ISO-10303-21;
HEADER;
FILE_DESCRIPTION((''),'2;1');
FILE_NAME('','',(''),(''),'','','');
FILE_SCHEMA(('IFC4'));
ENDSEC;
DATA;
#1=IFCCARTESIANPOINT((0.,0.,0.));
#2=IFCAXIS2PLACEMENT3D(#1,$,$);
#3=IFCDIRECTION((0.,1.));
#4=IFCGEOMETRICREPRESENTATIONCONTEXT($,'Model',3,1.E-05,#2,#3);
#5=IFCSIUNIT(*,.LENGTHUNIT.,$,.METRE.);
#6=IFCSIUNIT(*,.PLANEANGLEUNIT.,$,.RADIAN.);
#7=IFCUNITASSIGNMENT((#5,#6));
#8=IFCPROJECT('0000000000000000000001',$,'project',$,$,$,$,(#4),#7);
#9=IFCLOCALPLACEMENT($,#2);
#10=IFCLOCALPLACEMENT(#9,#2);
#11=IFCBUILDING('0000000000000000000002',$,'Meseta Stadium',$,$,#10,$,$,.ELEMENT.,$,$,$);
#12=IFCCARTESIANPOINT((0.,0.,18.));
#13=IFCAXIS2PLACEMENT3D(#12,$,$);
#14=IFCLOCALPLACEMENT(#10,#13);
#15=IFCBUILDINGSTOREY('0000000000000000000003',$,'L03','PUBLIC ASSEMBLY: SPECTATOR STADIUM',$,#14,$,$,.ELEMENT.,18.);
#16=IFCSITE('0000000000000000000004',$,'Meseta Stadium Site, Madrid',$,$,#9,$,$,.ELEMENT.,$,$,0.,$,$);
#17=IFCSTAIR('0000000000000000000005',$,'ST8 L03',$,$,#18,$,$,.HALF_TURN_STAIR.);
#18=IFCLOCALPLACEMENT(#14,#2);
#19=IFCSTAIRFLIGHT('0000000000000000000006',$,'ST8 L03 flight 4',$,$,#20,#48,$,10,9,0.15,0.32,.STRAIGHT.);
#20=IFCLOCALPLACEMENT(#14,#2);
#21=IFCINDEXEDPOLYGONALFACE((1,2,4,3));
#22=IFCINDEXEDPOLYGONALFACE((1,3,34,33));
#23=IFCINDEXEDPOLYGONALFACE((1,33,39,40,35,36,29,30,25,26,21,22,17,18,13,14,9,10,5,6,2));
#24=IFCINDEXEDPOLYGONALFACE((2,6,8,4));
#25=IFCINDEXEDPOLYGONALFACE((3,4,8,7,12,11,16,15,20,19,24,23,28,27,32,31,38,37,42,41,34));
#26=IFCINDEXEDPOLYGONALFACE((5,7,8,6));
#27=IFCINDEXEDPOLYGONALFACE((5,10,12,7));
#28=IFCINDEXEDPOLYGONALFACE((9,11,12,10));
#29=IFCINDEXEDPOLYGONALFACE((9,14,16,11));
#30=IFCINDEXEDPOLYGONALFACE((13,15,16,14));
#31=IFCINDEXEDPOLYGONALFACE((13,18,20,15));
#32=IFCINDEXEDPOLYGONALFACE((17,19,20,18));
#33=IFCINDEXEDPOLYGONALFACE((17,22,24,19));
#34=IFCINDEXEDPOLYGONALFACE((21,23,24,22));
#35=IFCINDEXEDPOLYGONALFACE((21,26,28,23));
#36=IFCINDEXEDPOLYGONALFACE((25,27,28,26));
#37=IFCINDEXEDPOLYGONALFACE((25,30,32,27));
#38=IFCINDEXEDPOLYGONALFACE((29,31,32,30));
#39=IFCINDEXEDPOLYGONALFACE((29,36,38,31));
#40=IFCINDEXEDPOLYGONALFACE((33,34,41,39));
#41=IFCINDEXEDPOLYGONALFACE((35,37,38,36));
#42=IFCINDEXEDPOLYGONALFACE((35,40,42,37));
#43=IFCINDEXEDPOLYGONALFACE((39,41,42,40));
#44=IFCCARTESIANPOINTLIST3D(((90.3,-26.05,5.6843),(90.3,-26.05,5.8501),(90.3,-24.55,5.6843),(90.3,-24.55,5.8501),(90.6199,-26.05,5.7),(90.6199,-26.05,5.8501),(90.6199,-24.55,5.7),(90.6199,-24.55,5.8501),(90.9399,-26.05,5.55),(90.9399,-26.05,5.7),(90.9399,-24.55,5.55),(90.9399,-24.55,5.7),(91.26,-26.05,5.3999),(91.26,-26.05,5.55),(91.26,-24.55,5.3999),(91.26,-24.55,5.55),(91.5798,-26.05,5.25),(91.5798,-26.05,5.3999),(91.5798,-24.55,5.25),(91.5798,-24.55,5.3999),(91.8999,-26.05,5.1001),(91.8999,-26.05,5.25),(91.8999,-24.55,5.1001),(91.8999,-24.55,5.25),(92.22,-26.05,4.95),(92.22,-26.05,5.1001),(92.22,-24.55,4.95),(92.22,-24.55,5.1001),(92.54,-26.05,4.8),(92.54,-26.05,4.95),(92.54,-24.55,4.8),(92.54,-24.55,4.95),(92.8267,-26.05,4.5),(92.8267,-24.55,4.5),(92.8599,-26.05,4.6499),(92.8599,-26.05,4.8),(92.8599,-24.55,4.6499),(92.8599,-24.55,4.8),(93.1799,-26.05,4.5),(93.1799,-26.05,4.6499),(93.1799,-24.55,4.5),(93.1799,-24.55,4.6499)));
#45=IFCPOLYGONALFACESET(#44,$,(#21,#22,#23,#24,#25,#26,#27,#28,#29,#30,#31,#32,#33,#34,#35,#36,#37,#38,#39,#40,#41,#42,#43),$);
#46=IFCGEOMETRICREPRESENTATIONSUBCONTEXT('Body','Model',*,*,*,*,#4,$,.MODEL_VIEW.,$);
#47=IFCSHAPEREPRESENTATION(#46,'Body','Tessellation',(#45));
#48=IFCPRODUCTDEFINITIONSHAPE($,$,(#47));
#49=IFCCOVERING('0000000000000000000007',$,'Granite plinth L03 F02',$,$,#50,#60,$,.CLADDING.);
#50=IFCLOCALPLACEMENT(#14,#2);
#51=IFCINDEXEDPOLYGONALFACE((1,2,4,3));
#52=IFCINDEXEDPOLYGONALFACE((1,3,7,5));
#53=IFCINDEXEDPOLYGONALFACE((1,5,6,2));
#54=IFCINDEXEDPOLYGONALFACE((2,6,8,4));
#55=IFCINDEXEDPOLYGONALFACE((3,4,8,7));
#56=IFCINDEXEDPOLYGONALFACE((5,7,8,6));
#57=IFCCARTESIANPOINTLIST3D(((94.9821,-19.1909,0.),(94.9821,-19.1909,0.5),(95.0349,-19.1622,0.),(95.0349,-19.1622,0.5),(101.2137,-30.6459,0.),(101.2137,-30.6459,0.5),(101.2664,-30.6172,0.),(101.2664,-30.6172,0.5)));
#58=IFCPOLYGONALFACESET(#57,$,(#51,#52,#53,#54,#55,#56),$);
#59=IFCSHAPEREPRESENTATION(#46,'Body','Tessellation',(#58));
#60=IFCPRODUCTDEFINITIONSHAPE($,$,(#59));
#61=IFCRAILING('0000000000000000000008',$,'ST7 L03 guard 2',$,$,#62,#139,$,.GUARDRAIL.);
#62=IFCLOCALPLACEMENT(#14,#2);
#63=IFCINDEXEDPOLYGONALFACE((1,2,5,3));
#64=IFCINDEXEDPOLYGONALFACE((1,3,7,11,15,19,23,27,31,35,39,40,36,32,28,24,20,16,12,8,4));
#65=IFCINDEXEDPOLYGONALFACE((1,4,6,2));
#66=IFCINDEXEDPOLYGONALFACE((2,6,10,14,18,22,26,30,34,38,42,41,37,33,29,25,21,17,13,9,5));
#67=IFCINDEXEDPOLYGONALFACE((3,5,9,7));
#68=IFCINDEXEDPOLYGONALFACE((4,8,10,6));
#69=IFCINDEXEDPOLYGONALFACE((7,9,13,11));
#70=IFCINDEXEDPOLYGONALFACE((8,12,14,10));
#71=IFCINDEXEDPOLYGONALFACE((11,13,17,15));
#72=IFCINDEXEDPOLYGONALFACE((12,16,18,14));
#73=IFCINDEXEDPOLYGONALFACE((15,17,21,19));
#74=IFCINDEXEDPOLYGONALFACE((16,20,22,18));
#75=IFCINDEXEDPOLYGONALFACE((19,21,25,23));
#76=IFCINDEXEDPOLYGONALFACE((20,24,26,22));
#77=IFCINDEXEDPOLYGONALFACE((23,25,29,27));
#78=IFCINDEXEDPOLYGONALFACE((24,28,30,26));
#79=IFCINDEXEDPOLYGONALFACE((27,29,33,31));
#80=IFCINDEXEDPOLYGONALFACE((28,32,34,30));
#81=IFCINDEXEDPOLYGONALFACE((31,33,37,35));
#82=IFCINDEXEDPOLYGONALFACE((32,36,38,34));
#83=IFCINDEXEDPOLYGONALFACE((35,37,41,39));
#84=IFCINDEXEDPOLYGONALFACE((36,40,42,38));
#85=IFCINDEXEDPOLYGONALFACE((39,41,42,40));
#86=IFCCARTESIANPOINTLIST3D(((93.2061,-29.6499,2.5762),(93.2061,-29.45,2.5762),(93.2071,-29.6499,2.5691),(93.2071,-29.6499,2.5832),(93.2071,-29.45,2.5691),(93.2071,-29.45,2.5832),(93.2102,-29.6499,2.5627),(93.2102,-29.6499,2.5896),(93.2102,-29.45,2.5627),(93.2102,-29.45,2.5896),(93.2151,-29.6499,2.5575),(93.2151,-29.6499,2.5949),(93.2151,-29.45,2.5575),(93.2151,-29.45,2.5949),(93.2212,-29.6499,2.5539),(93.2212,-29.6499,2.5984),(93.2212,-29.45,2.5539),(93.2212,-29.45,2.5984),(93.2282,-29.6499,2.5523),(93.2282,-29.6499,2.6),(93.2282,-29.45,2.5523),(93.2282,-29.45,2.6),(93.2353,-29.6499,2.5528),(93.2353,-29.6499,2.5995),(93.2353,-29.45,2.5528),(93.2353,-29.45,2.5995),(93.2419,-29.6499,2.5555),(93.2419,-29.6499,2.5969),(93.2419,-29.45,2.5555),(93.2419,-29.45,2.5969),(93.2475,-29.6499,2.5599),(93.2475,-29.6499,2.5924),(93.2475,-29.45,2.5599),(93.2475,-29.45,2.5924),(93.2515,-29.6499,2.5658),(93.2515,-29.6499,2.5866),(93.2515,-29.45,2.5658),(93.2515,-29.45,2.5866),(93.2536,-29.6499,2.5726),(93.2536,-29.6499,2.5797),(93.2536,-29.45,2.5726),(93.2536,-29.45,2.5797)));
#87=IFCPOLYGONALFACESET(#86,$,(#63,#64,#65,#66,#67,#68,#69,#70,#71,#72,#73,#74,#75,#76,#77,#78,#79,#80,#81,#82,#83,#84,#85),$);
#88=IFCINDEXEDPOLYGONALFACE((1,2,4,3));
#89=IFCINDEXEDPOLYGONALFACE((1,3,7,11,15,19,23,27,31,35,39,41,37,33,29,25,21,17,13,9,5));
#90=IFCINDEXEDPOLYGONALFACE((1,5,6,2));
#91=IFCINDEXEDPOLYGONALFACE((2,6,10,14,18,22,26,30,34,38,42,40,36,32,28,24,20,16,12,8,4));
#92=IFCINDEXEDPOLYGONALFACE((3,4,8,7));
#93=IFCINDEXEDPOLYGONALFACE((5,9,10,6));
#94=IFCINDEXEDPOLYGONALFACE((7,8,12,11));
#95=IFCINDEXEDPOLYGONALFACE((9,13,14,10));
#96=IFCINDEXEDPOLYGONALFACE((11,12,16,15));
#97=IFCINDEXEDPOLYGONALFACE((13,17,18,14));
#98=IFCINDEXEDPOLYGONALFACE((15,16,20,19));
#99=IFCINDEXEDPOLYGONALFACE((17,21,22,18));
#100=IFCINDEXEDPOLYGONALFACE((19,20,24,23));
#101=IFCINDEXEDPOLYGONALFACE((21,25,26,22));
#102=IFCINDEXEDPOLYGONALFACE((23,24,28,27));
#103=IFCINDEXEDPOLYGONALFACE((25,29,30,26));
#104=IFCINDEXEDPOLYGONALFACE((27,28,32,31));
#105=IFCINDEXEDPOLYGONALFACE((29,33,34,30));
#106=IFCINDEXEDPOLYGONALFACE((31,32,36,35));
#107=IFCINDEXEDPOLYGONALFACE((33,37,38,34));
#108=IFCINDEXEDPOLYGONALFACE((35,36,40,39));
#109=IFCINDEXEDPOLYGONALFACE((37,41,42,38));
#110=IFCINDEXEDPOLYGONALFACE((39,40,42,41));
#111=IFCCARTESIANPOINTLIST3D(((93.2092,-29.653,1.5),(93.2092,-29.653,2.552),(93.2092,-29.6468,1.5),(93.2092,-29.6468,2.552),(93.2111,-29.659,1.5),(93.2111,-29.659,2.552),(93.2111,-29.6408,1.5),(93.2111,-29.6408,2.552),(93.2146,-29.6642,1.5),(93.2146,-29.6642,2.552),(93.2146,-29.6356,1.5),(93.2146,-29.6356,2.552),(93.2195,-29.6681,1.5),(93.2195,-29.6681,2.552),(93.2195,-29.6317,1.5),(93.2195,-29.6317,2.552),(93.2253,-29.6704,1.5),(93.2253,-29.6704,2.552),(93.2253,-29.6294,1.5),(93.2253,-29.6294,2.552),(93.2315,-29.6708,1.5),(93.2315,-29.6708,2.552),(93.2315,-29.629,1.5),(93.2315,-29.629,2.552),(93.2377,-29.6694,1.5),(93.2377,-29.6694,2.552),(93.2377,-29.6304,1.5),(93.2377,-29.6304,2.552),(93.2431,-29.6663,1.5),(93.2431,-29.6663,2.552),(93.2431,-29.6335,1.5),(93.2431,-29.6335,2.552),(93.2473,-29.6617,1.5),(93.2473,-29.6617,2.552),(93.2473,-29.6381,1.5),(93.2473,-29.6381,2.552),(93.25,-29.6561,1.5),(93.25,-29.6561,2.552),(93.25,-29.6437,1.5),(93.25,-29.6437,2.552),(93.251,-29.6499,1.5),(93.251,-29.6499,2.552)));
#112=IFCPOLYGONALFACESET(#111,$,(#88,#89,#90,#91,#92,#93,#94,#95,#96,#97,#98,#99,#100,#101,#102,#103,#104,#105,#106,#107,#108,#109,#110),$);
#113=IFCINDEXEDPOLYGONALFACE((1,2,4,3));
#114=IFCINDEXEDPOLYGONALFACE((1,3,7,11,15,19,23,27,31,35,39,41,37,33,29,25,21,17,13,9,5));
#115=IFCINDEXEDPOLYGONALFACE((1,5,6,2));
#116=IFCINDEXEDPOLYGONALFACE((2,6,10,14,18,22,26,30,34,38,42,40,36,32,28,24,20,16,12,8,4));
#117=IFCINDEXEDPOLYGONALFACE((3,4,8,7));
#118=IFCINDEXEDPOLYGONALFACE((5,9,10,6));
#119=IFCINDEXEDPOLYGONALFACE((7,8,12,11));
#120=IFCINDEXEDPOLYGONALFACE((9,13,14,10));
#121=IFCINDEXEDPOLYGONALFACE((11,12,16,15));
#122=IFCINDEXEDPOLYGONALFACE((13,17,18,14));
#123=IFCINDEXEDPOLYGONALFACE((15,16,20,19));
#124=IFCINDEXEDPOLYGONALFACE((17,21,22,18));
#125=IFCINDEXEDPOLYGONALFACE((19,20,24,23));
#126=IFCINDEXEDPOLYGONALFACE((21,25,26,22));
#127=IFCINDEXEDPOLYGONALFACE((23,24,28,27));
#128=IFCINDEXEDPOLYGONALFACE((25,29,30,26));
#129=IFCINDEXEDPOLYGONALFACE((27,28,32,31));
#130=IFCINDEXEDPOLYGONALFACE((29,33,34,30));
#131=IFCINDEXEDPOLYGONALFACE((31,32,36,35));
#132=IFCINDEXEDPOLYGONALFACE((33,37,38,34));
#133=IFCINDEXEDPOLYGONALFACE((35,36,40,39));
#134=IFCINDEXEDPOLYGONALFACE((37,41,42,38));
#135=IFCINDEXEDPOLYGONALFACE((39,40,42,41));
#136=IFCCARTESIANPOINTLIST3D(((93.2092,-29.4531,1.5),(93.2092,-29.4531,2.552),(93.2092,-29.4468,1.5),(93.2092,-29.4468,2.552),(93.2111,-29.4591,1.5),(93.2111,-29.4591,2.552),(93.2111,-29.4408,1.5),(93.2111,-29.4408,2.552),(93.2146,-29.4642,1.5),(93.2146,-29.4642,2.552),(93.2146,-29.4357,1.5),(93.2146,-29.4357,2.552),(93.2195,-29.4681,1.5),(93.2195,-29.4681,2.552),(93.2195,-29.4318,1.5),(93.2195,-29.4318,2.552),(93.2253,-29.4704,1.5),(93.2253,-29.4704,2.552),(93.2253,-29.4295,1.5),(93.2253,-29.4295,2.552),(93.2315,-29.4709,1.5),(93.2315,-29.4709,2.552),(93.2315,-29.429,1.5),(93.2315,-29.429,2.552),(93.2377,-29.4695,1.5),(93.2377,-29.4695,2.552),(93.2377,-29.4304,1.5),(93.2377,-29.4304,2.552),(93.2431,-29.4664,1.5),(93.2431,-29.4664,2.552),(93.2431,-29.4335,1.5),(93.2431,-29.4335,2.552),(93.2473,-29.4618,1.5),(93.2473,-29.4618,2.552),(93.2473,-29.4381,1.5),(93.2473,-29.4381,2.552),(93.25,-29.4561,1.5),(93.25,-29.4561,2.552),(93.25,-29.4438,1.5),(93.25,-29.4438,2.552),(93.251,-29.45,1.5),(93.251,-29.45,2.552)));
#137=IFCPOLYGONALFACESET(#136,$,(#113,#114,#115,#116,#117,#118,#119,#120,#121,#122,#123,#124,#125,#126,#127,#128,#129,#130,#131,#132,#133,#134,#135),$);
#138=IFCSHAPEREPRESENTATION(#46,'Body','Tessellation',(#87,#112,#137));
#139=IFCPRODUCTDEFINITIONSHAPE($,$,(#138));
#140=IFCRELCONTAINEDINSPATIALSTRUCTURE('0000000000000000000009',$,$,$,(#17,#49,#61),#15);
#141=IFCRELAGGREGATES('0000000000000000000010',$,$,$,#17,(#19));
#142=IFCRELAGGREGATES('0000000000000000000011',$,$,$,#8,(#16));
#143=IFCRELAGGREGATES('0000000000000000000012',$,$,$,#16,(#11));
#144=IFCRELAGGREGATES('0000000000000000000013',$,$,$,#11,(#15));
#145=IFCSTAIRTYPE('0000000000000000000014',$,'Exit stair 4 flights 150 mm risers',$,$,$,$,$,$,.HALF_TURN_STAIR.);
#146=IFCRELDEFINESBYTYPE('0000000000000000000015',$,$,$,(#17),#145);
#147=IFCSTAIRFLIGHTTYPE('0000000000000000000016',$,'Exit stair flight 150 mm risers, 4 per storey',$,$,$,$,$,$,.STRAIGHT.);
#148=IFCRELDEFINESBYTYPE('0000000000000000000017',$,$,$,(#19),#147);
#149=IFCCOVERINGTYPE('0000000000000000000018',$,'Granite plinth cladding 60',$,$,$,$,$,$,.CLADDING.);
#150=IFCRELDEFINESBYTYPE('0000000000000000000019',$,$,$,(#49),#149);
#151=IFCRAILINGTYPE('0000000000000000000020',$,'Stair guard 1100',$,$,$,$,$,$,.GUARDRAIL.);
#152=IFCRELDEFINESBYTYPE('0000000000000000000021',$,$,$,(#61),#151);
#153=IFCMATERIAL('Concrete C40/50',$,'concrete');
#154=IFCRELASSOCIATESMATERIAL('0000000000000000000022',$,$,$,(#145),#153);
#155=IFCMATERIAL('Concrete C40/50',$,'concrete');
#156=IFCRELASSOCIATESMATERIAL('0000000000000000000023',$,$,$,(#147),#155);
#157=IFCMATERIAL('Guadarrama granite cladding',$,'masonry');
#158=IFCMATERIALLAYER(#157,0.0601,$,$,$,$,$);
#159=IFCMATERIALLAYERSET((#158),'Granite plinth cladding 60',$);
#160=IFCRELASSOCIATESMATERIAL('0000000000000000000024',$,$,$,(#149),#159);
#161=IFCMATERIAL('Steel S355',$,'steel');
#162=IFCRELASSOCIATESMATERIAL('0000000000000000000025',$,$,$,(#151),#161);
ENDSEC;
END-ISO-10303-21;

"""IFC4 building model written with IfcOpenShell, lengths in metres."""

from ifc_helpers import new_model, si_unit, direction, frame, origin, origin_2d, place, context, subcontext, project, spatial, polyline, rectangle, circle, outline, extrude, material, layer, layer_set, type_object, element, aggregate, save


model = new_model("IFC4")

# Units and contexts
model_context = context("Model", 3, precision=1e-05, world=origin(), true_north=direction((0.0, 1.0)))
body_context = subcontext(model_context, "Body", "Model", "MODEL_VIEW")
ifc_project = project(units=[si_unit("LENGTHUNIT", "METRE"), si_unit("PLANEANGLEUNIT", "RADIAN")], contexts=[model_context])

# Site, building, storey
site_placement = place(None, origin())
site = spatial("IfcSite", under=ifc_project, at=site_placement, Name="Meseta Stadium Site, Madrid", CompositionType="ELEMENT", RefElevation=0.0)
building_placement = place(site_placement, origin())
building = spatial("IfcBuilding", under=site, at=building_placement, Name="Meseta Stadium", CompositionType="ELEMENT")
storey_placement = place(building_placement, frame((0.0, 0.0, 18.0)))
storey = spatial("IfcBuildingStorey", under=building, at=storey_placement, Name="L03", Description="PUBLIC ASSEMBLY: SPECTATOR STADIUM", CompositionType="ELEMENT", Elevation=18.0)

# Stair, stair flight
ifc_material_1 = material(Name="Concrete C40/50", Category="concrete")
stair_type = type_object("IfcStairType", Name="Exit stair 4 flights 150 mm risers", PredefinedType="HALF_TURN_STAIR", material=ifc_material_1)
ifc_material_2 = material(Name="Concrete C40/50", Category="concrete")
stair_flight_type = type_object("IfcStairFlightType", Name="Exit stair flight 150 mm risers, 4 per storey", PredefinedType="STRAIGHT", material=ifc_material_2)
stair_1_placement = place(storey_placement, origin())
stair_1 = element("IfcStair", 1, at=stair_1_placement, inside=storey, type_object=stair_type, Name="ST8 L03", PredefinedType="HALF_TURN_STAIR")
stair_flight_1_placement = place(storey_placement, frame((93.1799, -25.3, 4.5), z_axis=(0.0, 0.0, 1.0), x_axis=(-1.0, 0.0, 0.0)))
stair_flight_1 = element("IfcStairFlight", 2, at=stair_flight_1_placement, type_object=stair_flight_type, Name="ST8 L03 flight 4", NumberOfRisers=10, NumberOfTreads=9, PredefinedType="STRAIGHT", RiserHeight=0.15, TreadLength=0.32, context=body_context, shape_type="SweptSolid", body=[
    extrude(outline(polyline([(0.0, 0.0), (0.0, 0.1499), (0.3201, 0.1499), (0.3201, 0.3), (0.6399, 0.3), (0.6399, 0.45), (0.96, 0.45), (0.96, 0.6001), (1.28, 0.6001), (1.28, 0.75), (1.6001, 0.75), (1.6001, 0.8999), (1.9199, 0.8999), (1.9199, 1.05), (2.24, 1.05), (2.24, 1.2), (2.5601, 1.2), (2.5601, 1.3501), (2.8799, 1.3501), (2.8799, 1.1843), (0.3533, 0.0), (0.0, 0.0)])), frame((0.0, 0.75, 0.0), z_axis=(0.0, -1.0, 0.0), x_axis=(1.0, 0.0, 0.0)), (0.0, 0.0, 1.0), 1.5),
])
aggregate(stair_1, [stair_flight_1])

# Covering
ifc_material_3 = material(Name="Guadarrama granite cladding", Category="masonry")
ifc_layer_1 = layer(ifc_material_3, 0.0601)
ifc_layer_set_1 = layer_set([ifc_layer_1], Name="Granite plinth cladding 60")
covering_type_1 = type_object("IfcCoveringType", Name="Granite plinth cladding 60", PredefinedType="CLADDING", material=ifc_layer_set_1)
covering_1_placement = place(storey_placement, frame((98.1243, -24.9041, 0.0), z_axis=(0.0, 0.0, 1.0), x_axis=(0.477867, -0.878432, 0.0)))
element("IfcCovering", 3, at=covering_1_placement, inside=storey, type_object=covering_type_1, Name="Granite plinth L03 F02", PredefinedType="CLADDING", context=body_context, shape_type="SweptSolid", body=[
    extrude(rectangle(XDim=13.0403, YDim=0.0601, at=origin_2d()), origin(), (0.0, 0.0, 1.0), 0.5),
])

# Railing
ifc_material_4 = material(Name="Steel S355", Category="steel")
railing_type_1 = type_object("IfcRailingType", Name="Stair guard 1100", PredefinedType="GUARDRAIL", material=ifc_material_4)
railing_1_placement = place(storey_placement, frame((93.23, -29.6499, 1.5)))
element("IfcRailing", 4, at=railing_1_placement, inside=storey, type_object=railing_type_1, Name="ST7 L03 guard 2", PredefinedType="GUARDRAIL", context=body_context, shape_type="SweptSolid", body=[
    extrude(circle(Radius=0.0239, at=origin_2d()), frame((0.0, 0.0, 1.0762), z_axis=(0.0, 1.0, 0.0), x_axis=(-1.0, 0.0, 0.0)), (0.0, 0.0, 1.0), 0.2),
    extrude(circle(Radius=0.021, at=origin_2d()), origin(), (0.0, 0.0, 1.0), 1.052),
    extrude(circle(Radius=0.021, at=origin_2d()), frame((0.0, 0.2, 0.0)), (0.0, 0.0, 1.0), 1.052),
])

save(model, "model.ifc")
